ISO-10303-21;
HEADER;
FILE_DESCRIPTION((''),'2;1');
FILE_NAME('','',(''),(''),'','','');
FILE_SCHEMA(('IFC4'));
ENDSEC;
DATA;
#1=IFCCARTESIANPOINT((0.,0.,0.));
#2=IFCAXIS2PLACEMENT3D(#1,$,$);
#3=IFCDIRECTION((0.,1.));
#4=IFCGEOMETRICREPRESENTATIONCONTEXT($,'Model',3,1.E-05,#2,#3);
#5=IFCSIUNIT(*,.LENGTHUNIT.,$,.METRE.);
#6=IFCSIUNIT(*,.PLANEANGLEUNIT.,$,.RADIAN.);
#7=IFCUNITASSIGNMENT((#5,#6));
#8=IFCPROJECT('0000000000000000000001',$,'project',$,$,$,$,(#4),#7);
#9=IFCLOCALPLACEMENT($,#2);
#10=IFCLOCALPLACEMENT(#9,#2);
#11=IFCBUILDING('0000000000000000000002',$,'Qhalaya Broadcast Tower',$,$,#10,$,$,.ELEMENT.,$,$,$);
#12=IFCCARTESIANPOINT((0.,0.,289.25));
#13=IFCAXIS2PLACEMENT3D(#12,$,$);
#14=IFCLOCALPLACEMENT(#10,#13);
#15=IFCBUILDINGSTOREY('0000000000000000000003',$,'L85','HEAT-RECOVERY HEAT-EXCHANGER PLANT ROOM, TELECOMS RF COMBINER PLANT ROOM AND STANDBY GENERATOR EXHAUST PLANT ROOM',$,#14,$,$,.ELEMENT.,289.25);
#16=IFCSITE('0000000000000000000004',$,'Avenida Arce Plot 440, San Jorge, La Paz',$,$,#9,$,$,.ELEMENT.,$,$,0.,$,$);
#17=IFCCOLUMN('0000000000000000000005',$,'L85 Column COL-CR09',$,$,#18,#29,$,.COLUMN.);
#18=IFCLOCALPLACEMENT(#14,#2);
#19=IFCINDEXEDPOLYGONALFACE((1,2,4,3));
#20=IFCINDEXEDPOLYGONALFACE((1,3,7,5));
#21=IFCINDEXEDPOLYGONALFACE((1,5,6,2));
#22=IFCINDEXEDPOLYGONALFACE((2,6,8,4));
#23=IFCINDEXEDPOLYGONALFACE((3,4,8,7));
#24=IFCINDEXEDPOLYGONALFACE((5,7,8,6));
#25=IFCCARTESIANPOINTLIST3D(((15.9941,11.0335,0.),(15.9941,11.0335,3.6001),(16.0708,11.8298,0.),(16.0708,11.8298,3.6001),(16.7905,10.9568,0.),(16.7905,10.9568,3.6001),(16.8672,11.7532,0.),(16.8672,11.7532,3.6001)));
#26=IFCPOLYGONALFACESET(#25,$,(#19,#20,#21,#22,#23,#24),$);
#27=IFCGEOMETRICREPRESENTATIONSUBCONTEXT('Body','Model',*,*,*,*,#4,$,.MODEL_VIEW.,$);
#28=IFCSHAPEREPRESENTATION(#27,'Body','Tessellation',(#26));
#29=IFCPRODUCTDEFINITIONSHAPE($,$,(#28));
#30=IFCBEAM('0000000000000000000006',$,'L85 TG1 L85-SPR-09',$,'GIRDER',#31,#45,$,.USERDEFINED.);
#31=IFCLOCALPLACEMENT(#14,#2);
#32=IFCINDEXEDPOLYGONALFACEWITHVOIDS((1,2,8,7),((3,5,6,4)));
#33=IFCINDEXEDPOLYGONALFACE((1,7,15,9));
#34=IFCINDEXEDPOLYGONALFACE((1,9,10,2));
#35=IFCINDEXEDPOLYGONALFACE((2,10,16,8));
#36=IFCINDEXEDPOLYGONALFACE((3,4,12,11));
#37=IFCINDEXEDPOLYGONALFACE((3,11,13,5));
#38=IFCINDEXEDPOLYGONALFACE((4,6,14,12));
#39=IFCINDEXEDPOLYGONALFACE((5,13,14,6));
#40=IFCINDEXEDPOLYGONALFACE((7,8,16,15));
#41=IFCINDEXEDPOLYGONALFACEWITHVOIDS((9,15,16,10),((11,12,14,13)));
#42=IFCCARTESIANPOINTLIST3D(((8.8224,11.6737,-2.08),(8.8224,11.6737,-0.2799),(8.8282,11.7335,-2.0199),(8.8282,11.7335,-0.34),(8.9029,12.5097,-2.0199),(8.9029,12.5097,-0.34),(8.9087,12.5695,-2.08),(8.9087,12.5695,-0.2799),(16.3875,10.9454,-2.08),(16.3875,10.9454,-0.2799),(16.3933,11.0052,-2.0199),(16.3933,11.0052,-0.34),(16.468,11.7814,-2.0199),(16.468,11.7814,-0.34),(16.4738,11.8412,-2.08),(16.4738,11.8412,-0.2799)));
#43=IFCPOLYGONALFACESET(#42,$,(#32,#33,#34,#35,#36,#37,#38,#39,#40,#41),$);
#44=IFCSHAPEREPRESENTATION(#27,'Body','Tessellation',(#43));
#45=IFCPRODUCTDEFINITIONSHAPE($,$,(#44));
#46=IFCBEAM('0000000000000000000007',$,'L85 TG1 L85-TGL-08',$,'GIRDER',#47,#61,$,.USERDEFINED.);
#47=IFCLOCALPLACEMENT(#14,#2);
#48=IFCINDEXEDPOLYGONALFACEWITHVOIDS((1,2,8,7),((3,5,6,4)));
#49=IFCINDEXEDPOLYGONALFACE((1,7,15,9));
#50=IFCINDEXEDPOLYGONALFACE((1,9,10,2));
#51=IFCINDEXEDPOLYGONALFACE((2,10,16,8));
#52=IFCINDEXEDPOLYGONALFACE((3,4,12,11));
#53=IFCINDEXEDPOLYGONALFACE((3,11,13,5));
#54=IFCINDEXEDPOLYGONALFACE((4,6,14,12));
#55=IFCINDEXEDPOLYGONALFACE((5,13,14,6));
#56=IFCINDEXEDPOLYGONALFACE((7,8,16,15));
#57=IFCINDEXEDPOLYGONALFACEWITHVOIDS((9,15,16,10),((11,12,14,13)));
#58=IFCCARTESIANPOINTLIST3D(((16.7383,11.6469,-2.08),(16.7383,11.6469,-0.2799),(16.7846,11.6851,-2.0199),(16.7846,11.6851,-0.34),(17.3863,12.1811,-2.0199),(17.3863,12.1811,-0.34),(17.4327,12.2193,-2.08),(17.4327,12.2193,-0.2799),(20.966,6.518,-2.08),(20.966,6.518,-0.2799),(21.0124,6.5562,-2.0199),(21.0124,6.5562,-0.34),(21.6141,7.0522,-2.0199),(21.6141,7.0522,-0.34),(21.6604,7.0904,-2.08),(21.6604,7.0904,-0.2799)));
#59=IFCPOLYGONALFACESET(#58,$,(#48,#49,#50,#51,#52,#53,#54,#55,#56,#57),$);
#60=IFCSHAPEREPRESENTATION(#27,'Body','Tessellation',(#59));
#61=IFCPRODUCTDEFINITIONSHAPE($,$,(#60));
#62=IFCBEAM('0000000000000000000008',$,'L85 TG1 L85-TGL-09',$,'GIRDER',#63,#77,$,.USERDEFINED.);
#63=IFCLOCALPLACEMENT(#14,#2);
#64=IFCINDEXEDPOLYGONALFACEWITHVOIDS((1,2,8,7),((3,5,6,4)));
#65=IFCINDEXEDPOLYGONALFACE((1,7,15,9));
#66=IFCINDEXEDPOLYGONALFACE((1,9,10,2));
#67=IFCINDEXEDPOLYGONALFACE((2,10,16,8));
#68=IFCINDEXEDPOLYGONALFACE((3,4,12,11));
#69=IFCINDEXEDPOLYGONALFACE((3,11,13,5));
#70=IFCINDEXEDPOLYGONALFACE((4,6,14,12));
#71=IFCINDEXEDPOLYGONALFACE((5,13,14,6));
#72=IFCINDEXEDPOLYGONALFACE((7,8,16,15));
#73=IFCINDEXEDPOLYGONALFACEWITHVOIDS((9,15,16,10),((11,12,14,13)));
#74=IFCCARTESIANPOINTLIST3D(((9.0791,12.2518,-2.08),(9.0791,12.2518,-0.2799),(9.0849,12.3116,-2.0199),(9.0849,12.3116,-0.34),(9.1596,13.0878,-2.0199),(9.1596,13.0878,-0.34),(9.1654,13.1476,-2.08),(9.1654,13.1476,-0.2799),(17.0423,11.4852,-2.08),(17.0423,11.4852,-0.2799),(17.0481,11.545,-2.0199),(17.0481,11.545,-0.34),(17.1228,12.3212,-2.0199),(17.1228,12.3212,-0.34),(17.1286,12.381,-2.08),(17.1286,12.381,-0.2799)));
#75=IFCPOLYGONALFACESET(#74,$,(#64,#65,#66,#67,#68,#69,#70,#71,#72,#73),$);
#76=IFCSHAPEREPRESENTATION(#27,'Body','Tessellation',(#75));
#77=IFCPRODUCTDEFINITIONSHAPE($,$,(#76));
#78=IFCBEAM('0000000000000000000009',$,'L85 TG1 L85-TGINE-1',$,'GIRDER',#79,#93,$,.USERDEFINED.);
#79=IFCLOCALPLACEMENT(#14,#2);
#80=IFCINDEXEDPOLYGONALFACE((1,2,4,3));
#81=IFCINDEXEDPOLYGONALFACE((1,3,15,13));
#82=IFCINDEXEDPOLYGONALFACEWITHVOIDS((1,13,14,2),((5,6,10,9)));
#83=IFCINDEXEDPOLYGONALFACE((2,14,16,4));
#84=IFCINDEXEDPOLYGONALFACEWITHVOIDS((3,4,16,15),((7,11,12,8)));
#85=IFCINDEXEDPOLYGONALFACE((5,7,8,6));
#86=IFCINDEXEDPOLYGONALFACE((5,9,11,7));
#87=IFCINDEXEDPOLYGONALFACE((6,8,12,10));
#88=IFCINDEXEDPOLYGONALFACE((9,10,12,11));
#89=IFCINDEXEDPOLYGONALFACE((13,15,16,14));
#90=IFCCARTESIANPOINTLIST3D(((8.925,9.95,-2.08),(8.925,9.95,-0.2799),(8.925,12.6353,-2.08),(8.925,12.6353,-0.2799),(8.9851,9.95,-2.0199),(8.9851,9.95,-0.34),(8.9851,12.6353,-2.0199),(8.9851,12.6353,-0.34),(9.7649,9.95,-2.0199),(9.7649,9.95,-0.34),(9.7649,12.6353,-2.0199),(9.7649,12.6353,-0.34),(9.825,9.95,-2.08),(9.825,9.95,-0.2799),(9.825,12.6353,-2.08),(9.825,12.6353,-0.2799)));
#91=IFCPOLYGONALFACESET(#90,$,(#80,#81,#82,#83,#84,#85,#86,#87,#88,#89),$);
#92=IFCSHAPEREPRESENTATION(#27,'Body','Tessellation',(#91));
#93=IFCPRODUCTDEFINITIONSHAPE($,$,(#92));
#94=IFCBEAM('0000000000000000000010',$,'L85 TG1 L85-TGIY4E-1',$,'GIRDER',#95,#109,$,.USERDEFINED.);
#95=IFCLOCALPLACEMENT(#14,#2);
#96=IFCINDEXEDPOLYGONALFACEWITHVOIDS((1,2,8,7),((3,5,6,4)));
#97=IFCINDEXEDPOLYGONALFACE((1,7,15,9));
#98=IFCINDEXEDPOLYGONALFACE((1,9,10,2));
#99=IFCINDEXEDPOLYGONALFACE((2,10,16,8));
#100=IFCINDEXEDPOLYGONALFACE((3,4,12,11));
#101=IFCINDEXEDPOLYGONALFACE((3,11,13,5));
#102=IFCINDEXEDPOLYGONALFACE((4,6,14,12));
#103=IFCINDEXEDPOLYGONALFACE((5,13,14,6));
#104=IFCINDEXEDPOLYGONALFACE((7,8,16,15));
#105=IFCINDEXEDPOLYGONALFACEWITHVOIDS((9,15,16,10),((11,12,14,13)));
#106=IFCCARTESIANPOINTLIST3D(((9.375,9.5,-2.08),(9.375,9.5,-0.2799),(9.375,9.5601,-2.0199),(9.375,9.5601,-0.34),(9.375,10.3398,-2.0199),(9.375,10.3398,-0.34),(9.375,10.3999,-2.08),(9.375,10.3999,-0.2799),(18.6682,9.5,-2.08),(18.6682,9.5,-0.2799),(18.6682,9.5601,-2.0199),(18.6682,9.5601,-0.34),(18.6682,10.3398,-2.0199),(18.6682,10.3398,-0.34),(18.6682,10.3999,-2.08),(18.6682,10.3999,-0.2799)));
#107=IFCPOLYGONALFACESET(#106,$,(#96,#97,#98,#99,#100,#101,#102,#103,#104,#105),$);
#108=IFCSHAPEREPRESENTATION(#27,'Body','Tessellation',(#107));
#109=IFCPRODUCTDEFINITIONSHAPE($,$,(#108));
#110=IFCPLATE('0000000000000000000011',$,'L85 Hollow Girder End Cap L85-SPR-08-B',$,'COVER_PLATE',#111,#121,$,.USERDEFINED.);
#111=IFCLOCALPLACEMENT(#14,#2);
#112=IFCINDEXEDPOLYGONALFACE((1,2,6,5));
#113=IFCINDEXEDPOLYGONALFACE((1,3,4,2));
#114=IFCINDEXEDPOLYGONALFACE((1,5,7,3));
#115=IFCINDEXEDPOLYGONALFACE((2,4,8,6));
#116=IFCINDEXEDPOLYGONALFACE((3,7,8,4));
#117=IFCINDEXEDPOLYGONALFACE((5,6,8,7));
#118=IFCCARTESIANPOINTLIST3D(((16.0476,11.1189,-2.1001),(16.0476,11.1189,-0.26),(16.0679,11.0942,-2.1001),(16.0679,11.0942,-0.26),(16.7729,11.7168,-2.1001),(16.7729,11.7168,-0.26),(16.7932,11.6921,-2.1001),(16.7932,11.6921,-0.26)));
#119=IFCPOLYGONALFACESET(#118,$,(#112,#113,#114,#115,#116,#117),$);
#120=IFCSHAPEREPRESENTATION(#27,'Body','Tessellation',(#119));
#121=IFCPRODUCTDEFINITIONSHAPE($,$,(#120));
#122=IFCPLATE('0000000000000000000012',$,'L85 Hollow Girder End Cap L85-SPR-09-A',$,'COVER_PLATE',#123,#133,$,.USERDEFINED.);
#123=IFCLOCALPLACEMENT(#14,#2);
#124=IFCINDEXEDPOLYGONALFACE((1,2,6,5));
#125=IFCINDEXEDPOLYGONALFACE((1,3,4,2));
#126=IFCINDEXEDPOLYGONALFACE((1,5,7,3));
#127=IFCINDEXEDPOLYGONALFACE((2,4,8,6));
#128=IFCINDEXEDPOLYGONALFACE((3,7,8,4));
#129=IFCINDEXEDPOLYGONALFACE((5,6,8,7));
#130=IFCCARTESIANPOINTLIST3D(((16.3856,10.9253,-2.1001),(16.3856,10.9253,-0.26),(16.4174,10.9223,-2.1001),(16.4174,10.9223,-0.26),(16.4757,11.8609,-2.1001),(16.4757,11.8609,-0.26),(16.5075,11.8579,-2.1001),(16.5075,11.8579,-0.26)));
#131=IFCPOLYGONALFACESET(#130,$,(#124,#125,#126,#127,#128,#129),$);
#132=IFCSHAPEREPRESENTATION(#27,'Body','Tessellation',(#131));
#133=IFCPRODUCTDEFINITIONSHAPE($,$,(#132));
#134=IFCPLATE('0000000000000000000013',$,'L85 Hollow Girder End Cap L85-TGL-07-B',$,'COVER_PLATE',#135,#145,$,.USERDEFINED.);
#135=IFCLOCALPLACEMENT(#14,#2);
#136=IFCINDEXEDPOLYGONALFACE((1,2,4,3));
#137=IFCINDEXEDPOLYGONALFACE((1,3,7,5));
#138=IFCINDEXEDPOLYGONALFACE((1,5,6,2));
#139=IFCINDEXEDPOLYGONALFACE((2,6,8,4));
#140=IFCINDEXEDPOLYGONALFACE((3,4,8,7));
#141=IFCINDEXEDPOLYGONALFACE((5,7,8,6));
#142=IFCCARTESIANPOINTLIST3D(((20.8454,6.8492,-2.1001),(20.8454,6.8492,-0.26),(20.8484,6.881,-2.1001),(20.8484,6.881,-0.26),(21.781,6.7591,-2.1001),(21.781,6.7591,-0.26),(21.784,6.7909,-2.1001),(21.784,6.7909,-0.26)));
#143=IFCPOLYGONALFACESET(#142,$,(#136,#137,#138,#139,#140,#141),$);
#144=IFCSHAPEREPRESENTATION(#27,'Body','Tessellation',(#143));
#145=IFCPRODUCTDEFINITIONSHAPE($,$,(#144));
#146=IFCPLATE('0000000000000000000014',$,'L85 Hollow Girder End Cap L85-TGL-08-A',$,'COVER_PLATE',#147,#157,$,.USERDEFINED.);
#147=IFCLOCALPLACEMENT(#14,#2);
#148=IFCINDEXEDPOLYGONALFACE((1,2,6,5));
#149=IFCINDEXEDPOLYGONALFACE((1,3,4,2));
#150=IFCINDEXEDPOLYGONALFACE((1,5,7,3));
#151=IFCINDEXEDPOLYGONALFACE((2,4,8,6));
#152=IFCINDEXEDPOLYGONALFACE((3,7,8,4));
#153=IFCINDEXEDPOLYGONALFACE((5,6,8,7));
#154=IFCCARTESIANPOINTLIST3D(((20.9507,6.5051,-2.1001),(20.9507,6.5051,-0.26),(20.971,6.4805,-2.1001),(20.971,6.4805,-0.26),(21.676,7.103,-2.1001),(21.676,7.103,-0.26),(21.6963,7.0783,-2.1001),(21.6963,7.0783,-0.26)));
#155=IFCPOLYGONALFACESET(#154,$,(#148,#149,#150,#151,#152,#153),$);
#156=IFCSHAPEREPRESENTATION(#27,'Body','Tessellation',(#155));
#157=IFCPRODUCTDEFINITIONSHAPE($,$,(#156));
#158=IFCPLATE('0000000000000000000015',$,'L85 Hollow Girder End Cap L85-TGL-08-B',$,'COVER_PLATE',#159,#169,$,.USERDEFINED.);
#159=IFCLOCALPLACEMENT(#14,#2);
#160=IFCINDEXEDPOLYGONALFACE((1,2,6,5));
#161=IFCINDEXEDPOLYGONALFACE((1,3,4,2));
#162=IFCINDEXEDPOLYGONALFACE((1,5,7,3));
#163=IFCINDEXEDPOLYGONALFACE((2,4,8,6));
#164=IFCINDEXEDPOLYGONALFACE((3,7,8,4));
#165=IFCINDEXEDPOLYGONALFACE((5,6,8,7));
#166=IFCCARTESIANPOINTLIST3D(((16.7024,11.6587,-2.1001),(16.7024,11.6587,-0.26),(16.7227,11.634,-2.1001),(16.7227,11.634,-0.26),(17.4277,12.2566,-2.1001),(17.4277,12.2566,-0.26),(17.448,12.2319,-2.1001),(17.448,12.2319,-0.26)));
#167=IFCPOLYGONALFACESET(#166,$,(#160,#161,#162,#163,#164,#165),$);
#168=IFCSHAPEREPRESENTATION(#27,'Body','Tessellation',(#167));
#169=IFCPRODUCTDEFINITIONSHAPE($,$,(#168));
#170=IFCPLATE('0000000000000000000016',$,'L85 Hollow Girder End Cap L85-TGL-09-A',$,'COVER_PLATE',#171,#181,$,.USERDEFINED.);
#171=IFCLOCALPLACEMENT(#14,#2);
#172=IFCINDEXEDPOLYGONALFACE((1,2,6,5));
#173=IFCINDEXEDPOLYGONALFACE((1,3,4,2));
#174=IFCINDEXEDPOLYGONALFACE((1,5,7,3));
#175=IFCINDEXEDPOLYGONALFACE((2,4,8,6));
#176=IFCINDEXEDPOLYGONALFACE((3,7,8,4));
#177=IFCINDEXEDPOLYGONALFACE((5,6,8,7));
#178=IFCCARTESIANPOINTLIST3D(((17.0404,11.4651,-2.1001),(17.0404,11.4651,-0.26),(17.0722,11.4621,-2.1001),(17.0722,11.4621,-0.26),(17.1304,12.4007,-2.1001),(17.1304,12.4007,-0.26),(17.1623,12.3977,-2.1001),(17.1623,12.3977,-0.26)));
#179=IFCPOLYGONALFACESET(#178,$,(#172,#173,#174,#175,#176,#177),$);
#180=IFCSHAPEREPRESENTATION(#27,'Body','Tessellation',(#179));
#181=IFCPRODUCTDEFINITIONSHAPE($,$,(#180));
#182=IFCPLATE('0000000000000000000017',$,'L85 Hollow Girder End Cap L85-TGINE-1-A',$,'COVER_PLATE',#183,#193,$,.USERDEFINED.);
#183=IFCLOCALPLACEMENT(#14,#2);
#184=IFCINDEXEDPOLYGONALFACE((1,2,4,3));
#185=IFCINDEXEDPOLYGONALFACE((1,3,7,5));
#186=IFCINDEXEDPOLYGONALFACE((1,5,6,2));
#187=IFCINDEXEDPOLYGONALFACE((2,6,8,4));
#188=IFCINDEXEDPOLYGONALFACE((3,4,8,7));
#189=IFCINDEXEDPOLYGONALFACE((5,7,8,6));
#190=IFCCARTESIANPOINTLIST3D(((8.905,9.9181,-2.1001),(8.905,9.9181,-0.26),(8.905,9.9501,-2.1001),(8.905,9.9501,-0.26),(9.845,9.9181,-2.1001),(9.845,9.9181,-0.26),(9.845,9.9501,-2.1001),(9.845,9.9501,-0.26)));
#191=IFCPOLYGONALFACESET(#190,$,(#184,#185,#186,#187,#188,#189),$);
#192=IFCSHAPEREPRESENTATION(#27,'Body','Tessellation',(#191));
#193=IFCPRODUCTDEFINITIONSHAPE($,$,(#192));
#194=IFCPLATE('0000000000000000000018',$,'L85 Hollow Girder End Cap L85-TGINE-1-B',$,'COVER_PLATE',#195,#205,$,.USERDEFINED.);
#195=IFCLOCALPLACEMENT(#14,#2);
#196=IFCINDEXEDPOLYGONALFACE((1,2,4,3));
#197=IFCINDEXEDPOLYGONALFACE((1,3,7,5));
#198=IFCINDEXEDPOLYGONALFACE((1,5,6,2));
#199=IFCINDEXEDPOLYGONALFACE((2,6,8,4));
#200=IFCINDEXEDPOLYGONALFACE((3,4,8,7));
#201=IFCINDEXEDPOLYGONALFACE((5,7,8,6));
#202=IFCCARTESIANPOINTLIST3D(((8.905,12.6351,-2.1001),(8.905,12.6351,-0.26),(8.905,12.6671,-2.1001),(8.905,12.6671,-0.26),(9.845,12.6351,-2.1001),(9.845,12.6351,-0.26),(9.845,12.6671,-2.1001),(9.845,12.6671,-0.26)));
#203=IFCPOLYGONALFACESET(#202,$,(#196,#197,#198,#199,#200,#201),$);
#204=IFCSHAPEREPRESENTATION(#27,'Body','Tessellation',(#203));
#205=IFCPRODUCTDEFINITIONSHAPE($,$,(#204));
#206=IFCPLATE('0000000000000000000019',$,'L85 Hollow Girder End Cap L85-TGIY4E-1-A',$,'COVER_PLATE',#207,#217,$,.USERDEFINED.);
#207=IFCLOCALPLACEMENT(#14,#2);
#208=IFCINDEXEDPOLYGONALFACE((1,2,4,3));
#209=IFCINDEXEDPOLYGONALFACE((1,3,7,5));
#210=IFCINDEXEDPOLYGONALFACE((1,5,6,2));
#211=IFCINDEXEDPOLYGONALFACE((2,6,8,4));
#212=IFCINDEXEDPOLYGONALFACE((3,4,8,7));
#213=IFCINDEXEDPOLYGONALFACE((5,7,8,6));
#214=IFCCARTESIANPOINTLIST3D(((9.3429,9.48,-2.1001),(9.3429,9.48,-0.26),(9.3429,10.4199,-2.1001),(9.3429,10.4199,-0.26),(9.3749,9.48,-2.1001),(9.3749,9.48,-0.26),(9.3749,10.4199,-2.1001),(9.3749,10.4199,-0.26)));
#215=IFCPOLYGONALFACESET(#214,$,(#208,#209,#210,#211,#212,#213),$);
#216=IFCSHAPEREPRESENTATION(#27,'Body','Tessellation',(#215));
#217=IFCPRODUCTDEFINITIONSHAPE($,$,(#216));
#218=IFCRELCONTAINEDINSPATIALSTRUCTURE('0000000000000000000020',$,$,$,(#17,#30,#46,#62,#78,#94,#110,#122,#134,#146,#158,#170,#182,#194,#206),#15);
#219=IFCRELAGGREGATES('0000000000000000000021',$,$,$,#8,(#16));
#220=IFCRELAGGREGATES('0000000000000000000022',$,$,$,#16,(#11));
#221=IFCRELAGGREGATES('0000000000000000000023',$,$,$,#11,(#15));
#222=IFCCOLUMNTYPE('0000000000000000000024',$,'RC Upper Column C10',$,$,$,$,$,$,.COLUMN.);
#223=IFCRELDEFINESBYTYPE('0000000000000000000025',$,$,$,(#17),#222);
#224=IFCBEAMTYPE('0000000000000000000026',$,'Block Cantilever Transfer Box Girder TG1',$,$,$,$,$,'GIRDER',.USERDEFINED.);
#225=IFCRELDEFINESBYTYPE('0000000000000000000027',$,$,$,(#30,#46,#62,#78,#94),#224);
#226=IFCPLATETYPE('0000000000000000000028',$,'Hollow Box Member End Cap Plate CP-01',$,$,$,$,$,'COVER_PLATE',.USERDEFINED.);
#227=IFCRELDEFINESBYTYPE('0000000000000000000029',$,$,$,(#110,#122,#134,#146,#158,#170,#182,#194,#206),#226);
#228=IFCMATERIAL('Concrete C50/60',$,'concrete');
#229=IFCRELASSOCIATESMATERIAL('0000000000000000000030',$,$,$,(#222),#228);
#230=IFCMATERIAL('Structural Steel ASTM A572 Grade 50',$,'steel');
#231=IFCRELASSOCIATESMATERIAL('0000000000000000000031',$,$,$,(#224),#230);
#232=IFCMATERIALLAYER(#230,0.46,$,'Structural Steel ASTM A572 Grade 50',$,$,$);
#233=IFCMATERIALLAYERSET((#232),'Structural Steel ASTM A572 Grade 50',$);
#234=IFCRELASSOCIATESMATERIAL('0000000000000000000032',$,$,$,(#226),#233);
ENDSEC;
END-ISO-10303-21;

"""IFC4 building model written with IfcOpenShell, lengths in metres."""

from ifc_helpers import new_model, si_unit, direction, frame, origin, origin_2d, place, context, subcontext, project, spatial, rectangle, hollow_rectangle, extrude, material, layer, layer_set, material_profile, profile_set, type_object, element, save


model = new_model("IFC4")

# Units and contexts
model_context = context("Model", 3, precision=1e-05, world=origin(), true_north=direction((0.0, 1.0)))
body_context = subcontext(model_context, "Body", "Model", "MODEL_VIEW")
ifc_project = project(units=[si_unit("LENGTHUNIT", "METRE"), si_unit("PLANEANGLEUNIT", "RADIAN")], contexts=[model_context])

# Site, building, storey
site_placement = place(None, origin())
site = spatial("IfcSite", under=ifc_project, at=site_placement, Name="Avenida Arce Plot 440, San Jorge, La Paz", CompositionType="ELEMENT", RefElevation=0.0)
building_placement = place(site_placement, origin())
building = spatial("IfcBuilding", under=site, at=building_placement, Name="Qhalaya Broadcast Tower", CompositionType="ELEMENT")
storey_placement = place(building_placement, frame((0.0, 0.0, 289.25)))
storey = spatial("IfcBuildingStorey", under=building, at=storey_placement, Name="L85", Description="HEAT-RECOVERY HEAT-EXCHANGER PLANT ROOM, TELECOMS RF COMBINER PLANT ROOM AND STANDBY GENERATOR EXHAUST PLANT ROOM", CompositionType="ELEMENT", Elevation=289.25)

# Column
ifc_material_1 = material(Name="Concrete C50/60", Category="concrete")
ifc_material_profile_1 = material_profile(ifc_material_1, rectangle(XDim=0.8, YDim=0.8, at=origin_2d()), Name="RC-COL 800x800")
ifc_profile_set_1 = profile_set([ifc_material_profile_1], Name="Concrete C50/60")
column_type = type_object("IfcColumnType", Name="RC Upper Column C10", PredefinedType="COLUMN", material=ifc_profile_set_1)
column_placement = place(storey_placement, frame((16.4307, 11.3933, 0.0), z_axis=(0.0, 0.0, 1.0), x_axis=(0.995396, -0.095846, 0.0)))
element("IfcColumn", 1, at=column_placement, inside=storey, type_object=column_type, Name="L85 Column COL-CR09", PredefinedType="COLUMN", context=body_context, shape_type="SweptSolid", body=[
    extrude(rectangle(XDim=0.8, YDim=0.8, at=origin_2d()), origin(), (0.0, 0.0, 1.0), 3.6001),
])

# Beams
ifc_material_2 = material(Name="Structural Steel ASTM A572 Grade 50", Category="steel")
ifc_material_profile_2 = material_profile(ifc_material_2, hollow_rectangle(XDim=0.8999, YDim=1.8, WallThickness=0.0601, at=origin_2d()), Name="BOX 900x1800x60")
ifc_profile_set_2 = profile_set([ifc_material_profile_2], Name="Structural Steel ASTM A572 Grade 50")
beam_type = type_object("IfcBeamType", Name="Block Cantilever Transfer Box Girder TG1", ElementType="GIRDER", PredefinedType="USERDEFINED", material=ifc_profile_set_2)
beam_1_placement = place(storey_placement, frame((16.4307, 11.3933, -1.1799), z_axis=(-0.995398, 0.095823, 0.0), x_axis=(-0.095823, -0.995398, 0.0)))
element("IfcBeam", 2, at=beam_1_placement, inside=storey, type_object=beam_type, Name="L85 TG1 L85-SPR-09", ObjectType="GIRDER", PredefinedType="USERDEFINED", context=body_context, shape_type="SweptSolid", body=[
    extrude(hollow_rectangle(XDim=0.8999, YDim=1.8, WallThickness=0.0601, at=origin_2d()), origin(), (0.0, 0.0, 1.0), 7.6001),
])
beam_2_placement = place(storey_placement, frame((21.3132, 6.8042, -1.1799), z_axis=(-0.636064, 0.771636, 0.0), x_axis=(-0.771636, -0.636064, 0.0)))
element("IfcBeam", 3, at=beam_2_placement, inside=storey, type_object=beam_type, Name="L85 TG1 L85-TGL-08", ObjectType="GIRDER", PredefinedType="USERDEFINED", context=body_context, shape_type="SweptSolid", body=[
    extrude(hollow_rectangle(XDim=0.8999, YDim=1.8, WallThickness=0.0601, at=origin_2d()), origin(), (0.0, 0.0, 1.0), 6.6467),
])
beam_3_placement = place(storey_placement, frame((17.0854, 11.9331, -1.1799), z_axis=(-0.995398, 0.095826, 0.0), x_axis=(-0.095826, -0.995398, 0.0)))
element("IfcBeam", 4, at=beam_3_placement, inside=storey, type_object=beam_type, Name="L85 TG1 L85-TGL-09", ObjectType="GIRDER", PredefinedType="USERDEFINED", context=body_context, shape_type="SweptSolid", body=[
    extrude(hollow_rectangle(XDim=0.8999, YDim=1.8, WallThickness=0.0601, at=origin_2d()), origin(), (0.0, 0.0, 1.0), 8.0),
])
beam_4_placement = place(storey_placement, frame((9.375, 9.95, -1.1799), z_axis=(0.0, 1.0, 0.0), x_axis=(-1.0, 0.0, 0.0)))
element("IfcBeam", 5, at=beam_4_placement, inside=storey, type_object=beam_type, Name="L85 TG1 L85-TGINE-1", ObjectType="GIRDER", PredefinedType="USERDEFINED", context=body_context, shape_type="SweptSolid", body=[
    extrude(hollow_rectangle(XDim=0.8999, YDim=1.8, WallThickness=0.0601, at=origin_2d()), origin(), (0.0, 0.0, 1.0), 2.6853),
])
beam_5_placement = place(storey_placement, frame((9.375, 9.95, -1.1799), z_axis=(1.0, 0.0, 0.0), x_axis=(0.0, 1.0, 0.0)))
element("IfcBeam", 6, at=beam_5_placement, inside=storey, type_object=beam_type, Name="L85 TG1 L85-TGIY4E-1", ObjectType="GIRDER", PredefinedType="USERDEFINED", context=body_context, shape_type="SweptSolid", body=[
    extrude(hollow_rectangle(XDim=0.8999, YDim=1.8, WallThickness=0.0601, at=origin_2d()), origin(), (0.0, 0.0, 1.0), 9.2932),
])

# Plates
ifc_layer_1 = layer(ifc_material_2, 0.46, Name="Structural Steel ASTM A572 Grade 50")
ifc_layer_set_1 = layer_set([ifc_layer_1], Name="Structural Steel ASTM A572 Grade 50")
plate_type_1 = type_object("IfcPlateType", Name="Hollow Box Member End Cap Plate CP-01", ElementType="COVER_PLATE", PredefinedType="USERDEFINED", material=ifc_layer_set_1)
for number, where, z_axis, x_axis, name in (
    (7, (16.4204, 11.4055, -2.1001), (0.0, 0.0, 1.0), (-0.771625, -0.636078, 0.0), "L85 Hollow Girder End Cap L85-SPR-08-B"),
    (8, (16.4465, 11.3916, -2.1001), (0.0, 0.0, 1.0), (-0.095863, -0.995395, 0.0), "L85 Hollow Girder End Cap L85-SPR-09-A"),
    (9, (21.3147, 6.8201, -2.1001), (0.0, 0.0, 1.0), (-0.995396, 0.095846, 0.0), "L85 Hollow Girder End Cap L85-TGL-07-B"),
    (10, (21.3235, 6.7917, -2.1001), (0.0, 0.0, 1.0), (-0.771625, -0.636078, 0.0), "L85 Hollow Girder End Cap L85-TGL-08-A"),
    (11, (17.0752, 11.9453, -2.1001), (0.0, 0.0, 1.0), (-0.771625, -0.636078, 0.0), "L85 Hollow Girder End Cap L85-TGL-08-B"),
    (12, (17.1013, 11.9314, -2.1001), (0.0, 0.0, 1.0), (-0.095846, -0.995396, 0.0), "L85 Hollow Girder End Cap L85-TGL-09-A"),
    (13, (9.375, 9.9341, -2.1001), (0.0, 0.0, 1.0), (-1.0, 0.0, 0.0), "L85 Hollow Girder End Cap L85-TGINE-1-A"),
    (14, (9.375, 12.6511, -2.1001), (0.0, 0.0, 1.0), (-1.0, 0.0, 0.0), "L85 Hollow Girder End Cap L85-TGINE-1-B"),
    (15, (9.3589, 9.95, -2.1001), (0.0, 0.0, 1.0), (0.0, 1.0, 0.0), "L85 Hollow Girder End Cap L85-TGIY4E-1-A"),
):
    element("IfcPlate", number, at=place(storey_placement, frame(where, z_axis=z_axis, x_axis=x_axis)), inside=storey, type_object=plate_type_1, Name=name, ObjectType="COVER_PLATE", PredefinedType="USERDEFINED", context=body_context, shape_type="SweptSolid", body=[
        extrude(rectangle(XDim=0.9399, YDim=0.032, at=origin_2d()), origin(), (0.0, 0.0, 1.0), 1.8401),
    ])

save(model, "model.ifc")
